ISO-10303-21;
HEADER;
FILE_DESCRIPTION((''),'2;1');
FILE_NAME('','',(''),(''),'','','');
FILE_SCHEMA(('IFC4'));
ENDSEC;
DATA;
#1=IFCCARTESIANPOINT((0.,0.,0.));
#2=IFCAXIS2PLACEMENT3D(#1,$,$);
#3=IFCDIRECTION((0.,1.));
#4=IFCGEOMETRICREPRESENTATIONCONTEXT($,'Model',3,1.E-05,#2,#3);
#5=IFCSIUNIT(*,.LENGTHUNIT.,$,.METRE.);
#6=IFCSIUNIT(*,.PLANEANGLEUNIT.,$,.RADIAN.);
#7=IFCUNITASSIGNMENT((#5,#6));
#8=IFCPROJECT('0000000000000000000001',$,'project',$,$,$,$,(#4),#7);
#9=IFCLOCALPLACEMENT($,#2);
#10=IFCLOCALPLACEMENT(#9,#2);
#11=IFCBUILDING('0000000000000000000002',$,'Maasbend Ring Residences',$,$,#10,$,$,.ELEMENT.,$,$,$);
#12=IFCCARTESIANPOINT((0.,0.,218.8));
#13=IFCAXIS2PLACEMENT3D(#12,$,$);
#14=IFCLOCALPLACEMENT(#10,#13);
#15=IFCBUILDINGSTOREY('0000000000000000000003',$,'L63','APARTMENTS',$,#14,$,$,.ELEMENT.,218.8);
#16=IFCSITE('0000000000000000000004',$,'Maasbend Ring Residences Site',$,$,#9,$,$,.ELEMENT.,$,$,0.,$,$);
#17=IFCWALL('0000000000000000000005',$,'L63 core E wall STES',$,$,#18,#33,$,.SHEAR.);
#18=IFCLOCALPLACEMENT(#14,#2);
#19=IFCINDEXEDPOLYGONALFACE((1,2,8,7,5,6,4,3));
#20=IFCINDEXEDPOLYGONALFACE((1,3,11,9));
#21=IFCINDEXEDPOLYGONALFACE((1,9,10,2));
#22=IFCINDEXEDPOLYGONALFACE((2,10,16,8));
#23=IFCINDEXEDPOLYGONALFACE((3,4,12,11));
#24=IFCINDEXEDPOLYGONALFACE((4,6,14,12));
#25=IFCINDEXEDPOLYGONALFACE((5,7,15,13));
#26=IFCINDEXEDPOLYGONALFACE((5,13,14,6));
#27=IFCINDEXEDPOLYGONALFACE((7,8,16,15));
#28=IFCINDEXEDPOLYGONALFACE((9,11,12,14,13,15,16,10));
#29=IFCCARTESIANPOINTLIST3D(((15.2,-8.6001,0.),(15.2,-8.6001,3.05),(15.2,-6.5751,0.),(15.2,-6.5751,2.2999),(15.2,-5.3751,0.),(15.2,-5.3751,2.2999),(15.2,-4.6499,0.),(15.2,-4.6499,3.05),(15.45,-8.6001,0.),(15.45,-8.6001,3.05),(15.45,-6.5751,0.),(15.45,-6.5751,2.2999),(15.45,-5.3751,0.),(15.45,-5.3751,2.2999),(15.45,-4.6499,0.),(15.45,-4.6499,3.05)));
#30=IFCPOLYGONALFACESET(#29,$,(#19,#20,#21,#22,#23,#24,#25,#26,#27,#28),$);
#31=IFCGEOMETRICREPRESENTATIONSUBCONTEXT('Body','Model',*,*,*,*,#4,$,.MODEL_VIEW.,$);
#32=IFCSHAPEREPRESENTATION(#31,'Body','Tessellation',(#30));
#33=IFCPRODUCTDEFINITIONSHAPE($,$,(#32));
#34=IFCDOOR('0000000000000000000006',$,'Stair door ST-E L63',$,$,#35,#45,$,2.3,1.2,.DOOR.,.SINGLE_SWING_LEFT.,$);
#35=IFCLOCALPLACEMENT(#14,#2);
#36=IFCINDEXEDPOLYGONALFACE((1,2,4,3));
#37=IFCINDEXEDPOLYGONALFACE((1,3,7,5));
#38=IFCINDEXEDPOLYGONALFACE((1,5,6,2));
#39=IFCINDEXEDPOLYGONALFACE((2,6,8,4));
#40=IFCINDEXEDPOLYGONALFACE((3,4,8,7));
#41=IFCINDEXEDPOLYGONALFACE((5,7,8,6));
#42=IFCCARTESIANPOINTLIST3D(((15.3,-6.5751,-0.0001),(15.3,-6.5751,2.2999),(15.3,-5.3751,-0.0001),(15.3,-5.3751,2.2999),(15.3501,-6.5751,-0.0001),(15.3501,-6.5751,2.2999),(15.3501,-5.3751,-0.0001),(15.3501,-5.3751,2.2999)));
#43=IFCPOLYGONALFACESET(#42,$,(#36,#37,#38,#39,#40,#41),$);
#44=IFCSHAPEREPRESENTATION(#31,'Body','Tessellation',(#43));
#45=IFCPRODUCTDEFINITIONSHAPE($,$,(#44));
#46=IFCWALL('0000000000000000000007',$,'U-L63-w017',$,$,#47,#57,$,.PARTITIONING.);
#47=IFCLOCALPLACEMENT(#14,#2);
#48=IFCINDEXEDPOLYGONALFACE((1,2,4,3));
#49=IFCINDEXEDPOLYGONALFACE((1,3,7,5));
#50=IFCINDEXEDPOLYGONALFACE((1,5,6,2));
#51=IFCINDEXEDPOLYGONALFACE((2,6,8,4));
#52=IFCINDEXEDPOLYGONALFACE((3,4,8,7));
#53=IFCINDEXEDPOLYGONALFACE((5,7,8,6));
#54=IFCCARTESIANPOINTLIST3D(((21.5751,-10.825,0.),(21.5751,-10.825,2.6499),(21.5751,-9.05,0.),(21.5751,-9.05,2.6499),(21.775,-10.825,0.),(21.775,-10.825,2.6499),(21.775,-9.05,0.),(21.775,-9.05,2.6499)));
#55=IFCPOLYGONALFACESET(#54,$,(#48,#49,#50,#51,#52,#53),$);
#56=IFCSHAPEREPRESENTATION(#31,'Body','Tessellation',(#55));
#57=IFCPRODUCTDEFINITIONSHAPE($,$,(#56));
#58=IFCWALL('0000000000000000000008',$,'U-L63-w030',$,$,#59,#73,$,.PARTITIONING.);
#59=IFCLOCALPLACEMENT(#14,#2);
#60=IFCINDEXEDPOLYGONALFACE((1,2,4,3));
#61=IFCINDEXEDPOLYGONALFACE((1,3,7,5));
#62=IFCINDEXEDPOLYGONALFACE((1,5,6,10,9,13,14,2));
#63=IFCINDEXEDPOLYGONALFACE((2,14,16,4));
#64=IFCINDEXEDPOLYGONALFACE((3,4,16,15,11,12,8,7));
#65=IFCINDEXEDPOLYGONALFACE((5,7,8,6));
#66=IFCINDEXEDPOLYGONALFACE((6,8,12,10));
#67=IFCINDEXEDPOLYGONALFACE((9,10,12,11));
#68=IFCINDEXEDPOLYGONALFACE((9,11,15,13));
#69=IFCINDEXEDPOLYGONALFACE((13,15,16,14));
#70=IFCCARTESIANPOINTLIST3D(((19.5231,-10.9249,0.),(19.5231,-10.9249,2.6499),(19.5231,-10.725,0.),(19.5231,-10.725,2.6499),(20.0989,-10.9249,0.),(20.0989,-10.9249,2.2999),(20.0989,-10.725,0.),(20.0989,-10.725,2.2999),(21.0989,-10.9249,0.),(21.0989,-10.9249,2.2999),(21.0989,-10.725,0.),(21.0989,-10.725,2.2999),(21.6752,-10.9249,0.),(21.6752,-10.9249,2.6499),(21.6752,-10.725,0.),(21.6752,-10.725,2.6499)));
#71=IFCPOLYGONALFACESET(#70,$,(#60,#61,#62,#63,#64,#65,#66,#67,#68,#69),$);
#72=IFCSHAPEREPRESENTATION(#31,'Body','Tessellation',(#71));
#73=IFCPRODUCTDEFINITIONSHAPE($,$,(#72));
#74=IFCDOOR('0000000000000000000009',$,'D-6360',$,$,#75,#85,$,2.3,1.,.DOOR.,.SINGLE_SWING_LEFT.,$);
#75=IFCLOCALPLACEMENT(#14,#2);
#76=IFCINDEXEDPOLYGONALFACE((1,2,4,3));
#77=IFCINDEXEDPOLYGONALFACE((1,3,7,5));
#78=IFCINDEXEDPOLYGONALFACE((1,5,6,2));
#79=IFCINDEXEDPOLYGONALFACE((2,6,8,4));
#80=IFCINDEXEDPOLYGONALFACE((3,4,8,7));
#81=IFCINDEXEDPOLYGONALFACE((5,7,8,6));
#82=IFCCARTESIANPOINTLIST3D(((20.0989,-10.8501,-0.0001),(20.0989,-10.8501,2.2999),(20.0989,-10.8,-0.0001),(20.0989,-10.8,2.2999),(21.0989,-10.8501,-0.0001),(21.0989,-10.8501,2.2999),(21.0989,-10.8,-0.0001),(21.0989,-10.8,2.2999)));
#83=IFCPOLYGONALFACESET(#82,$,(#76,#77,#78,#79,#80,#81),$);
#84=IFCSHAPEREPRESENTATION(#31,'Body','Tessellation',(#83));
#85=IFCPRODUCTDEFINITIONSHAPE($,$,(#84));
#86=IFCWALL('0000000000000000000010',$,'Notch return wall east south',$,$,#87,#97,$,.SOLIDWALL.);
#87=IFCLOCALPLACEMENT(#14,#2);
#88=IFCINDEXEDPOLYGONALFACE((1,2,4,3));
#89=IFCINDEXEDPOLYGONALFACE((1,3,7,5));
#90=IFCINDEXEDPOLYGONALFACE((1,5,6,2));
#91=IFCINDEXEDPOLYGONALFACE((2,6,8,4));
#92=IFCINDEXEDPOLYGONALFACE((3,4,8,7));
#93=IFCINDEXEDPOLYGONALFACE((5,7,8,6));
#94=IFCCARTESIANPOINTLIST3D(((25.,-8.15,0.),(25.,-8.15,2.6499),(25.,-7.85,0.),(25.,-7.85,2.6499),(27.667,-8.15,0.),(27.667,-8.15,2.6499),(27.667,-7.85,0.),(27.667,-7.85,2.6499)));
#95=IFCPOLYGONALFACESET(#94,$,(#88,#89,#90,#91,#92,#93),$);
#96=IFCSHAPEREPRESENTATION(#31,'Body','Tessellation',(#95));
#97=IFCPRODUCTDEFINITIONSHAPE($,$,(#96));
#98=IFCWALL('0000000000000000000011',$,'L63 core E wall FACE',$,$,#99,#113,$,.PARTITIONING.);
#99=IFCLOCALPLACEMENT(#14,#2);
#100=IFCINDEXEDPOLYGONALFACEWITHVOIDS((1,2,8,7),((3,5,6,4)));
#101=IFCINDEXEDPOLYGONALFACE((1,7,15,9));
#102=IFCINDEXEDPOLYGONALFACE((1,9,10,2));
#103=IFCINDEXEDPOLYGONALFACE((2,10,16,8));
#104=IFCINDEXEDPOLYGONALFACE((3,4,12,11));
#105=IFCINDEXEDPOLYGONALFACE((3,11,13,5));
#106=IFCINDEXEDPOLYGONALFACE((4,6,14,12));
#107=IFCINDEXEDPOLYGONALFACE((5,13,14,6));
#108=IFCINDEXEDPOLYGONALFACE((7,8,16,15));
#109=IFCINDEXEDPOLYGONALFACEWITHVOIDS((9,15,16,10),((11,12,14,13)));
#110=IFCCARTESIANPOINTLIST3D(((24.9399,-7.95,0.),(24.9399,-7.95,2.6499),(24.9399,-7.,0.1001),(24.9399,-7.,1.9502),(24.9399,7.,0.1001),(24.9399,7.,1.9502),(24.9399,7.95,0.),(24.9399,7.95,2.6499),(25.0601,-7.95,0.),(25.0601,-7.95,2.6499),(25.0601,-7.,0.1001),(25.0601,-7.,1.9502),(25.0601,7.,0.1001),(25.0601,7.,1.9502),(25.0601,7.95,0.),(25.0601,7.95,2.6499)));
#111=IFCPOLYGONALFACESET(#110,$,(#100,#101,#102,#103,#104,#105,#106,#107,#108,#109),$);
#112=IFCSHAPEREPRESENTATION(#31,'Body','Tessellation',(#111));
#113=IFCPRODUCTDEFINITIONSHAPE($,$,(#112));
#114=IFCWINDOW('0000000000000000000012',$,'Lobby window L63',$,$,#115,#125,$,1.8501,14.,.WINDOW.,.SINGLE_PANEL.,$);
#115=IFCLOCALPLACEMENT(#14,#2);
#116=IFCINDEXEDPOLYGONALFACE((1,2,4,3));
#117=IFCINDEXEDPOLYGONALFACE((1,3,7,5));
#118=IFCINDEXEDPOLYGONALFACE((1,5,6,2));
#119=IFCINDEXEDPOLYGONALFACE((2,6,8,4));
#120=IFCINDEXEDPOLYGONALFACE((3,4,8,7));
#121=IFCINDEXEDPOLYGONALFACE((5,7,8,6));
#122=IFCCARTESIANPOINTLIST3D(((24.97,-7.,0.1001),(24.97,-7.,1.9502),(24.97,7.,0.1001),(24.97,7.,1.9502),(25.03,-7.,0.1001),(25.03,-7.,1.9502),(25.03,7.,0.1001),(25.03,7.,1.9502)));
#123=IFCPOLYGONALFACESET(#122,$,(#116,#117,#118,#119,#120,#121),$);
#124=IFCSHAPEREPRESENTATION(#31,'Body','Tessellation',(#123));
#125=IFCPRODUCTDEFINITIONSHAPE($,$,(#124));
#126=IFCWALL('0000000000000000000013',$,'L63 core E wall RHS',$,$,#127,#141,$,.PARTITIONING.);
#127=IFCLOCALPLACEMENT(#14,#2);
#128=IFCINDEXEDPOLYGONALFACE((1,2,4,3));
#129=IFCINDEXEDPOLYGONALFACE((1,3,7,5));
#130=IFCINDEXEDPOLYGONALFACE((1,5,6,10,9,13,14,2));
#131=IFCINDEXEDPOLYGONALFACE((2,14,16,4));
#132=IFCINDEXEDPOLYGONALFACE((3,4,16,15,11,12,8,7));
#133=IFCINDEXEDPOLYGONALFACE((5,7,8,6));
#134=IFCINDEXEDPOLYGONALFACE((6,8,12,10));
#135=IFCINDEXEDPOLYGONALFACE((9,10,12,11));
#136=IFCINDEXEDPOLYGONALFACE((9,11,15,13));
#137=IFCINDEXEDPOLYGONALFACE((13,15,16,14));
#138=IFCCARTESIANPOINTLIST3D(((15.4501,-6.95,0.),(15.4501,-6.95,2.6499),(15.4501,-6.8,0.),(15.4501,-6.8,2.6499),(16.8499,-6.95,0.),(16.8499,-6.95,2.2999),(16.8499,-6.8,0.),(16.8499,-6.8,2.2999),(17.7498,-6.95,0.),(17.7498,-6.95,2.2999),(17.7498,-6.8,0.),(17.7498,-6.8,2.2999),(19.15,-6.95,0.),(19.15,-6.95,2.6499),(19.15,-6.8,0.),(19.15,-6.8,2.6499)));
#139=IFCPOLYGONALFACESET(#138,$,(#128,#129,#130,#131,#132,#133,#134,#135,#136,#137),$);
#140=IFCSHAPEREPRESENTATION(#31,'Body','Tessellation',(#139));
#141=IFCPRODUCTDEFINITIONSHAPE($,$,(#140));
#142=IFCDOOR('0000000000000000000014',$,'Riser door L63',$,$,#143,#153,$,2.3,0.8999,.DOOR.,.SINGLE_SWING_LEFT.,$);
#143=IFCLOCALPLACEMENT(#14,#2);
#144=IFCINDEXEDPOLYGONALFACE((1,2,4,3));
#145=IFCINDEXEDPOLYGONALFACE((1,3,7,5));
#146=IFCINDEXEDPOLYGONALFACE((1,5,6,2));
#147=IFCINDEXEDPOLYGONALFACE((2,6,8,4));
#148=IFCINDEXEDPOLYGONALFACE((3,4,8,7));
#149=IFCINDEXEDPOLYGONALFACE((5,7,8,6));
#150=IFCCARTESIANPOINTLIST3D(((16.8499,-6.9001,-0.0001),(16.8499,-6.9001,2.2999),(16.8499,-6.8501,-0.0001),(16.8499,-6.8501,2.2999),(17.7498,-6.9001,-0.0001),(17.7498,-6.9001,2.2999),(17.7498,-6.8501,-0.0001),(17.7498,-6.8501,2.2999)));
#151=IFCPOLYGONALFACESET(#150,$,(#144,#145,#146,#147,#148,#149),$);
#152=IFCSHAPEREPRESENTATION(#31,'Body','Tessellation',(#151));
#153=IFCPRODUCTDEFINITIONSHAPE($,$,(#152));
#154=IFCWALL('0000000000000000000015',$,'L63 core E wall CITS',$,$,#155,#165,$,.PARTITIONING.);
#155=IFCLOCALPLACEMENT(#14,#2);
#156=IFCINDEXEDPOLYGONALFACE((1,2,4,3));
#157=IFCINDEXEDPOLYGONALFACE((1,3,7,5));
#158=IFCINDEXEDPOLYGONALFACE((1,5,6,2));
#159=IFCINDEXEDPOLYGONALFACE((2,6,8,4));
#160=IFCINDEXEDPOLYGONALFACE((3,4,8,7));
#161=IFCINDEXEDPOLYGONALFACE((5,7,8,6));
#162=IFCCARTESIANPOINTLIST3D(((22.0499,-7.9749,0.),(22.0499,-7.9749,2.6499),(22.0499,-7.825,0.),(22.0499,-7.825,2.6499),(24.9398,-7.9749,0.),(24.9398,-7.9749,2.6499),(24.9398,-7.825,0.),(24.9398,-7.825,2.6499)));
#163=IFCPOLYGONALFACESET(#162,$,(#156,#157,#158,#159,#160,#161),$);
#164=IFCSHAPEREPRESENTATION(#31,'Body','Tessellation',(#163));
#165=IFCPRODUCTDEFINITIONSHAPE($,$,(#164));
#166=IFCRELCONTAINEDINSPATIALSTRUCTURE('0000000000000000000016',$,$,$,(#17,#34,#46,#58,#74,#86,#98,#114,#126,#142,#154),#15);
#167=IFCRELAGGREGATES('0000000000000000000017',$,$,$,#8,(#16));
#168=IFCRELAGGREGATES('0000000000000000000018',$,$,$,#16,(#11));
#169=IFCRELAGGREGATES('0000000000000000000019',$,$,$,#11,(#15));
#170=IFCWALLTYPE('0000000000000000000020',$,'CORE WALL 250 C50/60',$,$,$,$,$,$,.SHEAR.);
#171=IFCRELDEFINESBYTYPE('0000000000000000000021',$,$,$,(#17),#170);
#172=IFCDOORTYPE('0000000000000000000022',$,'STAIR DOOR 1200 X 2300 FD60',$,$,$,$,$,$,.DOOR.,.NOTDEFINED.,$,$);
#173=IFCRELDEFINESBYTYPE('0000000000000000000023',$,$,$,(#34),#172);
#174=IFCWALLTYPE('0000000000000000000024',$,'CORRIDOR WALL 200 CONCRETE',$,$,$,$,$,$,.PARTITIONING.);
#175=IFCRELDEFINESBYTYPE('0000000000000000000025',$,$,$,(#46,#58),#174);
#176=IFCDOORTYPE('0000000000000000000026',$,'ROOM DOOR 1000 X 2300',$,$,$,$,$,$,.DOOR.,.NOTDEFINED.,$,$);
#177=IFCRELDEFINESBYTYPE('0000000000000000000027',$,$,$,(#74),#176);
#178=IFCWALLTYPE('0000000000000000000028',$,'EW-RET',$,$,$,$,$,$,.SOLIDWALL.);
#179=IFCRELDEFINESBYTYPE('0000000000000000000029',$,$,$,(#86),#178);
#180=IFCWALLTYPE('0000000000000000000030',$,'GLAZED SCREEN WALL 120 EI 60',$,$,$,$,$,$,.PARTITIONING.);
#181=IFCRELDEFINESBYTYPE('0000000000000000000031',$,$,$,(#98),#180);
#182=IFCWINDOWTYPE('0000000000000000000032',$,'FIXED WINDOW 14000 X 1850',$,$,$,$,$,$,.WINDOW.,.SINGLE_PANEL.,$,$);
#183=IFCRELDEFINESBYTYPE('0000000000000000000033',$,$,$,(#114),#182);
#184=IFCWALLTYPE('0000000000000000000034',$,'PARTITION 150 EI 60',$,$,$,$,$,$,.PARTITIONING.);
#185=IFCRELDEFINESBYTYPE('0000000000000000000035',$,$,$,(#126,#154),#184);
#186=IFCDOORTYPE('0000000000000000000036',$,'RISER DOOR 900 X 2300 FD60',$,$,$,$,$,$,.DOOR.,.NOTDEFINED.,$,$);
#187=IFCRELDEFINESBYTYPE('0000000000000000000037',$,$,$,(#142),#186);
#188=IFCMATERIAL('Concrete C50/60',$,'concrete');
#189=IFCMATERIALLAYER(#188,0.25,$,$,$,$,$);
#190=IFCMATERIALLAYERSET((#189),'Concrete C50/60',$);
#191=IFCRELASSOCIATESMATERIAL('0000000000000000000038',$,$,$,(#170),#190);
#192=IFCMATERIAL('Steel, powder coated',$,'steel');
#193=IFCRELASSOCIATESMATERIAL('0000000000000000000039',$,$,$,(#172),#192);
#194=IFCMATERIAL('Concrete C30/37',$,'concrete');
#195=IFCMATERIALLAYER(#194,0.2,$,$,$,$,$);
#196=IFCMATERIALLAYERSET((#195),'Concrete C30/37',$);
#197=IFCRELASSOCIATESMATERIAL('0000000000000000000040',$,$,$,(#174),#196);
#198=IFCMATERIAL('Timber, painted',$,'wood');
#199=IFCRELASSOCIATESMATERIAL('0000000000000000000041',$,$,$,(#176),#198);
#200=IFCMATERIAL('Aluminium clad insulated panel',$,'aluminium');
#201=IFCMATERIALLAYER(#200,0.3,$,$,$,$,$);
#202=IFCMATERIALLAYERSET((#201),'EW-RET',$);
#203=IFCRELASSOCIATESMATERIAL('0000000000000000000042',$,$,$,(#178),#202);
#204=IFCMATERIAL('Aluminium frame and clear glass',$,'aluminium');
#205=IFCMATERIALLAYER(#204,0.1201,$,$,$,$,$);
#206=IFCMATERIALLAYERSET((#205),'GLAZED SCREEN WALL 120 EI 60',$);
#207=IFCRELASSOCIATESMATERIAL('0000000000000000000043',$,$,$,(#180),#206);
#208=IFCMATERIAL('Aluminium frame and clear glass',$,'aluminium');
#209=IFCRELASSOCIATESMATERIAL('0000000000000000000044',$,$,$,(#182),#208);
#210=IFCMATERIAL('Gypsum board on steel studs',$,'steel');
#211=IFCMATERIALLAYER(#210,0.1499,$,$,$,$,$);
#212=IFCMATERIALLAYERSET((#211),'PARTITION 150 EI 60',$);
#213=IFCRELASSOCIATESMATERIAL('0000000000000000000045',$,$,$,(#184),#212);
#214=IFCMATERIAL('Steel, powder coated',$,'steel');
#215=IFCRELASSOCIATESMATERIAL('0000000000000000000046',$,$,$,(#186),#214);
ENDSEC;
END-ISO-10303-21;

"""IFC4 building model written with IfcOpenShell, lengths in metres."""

from ifc_helpers import new_model, si_unit, direction, frame, frame_2d, origin, place, context, subcontext, project, spatial, rectangle, extrude, material, layer, layer_set, type_object, element, fill, save


model = new_model("IFC4")

# Units and contexts
model_context = context("Model", 3, precision=1e-05, world=origin(), true_north=direction((0.0, 1.0)))
body_context = subcontext(model_context, "Body", "Model", "MODEL_VIEW")
ifc_project = project(units=[si_unit("LENGTHUNIT", "METRE"), si_unit("PLANEANGLEUNIT", "RADIAN")], contexts=[model_context])

# Site, building, storey
site_placement = place(None, origin())
site = spatial("IfcSite", under=ifc_project, at=site_placement, Name="Maasbend Ring Residences Site", CompositionType="ELEMENT", RefElevation=0.0)
building_placement = place(site_placement, origin())
building = spatial("IfcBuilding", under=site, at=building_placement, Name="Maasbend Ring Residences", CompositionType="ELEMENT")
storey_placement = place(building_placement, frame((0.0, 0.0, 218.8)))
storey = spatial("IfcBuildingStorey", under=building, at=storey_placement, Name="L63", Description="APARTMENTS", CompositionType="ELEMENT", Elevation=218.8)

# Shared definitions
ifc_material_1 = material(Name="Concrete C50/60", Category="concrete")
ifc_layer_1 = layer(ifc_material_1, 0.25)
ifc_layer_set_1 = layer_set([ifc_layer_1], Name="Concrete C50/60")
wall_type_1 = type_object("IfcWallType", Name="CORE WALL 250 C50/60", PredefinedType="SHEAR", material=ifc_layer_set_1)

# Wall, opening, door
wall_1_placement = place(storey_placement, frame((15.325, -8.6001, 0.0), z_axis=(0.0, 0.0, 1.0), x_axis=(0.0, 1.0, 0.0)))
wall_1 = element("IfcWall", 1, at=wall_1_placement, inside=storey, type_object=wall_type_1, Name="L63 core E wall STES", PredefinedType="SHEAR", context=body_context, shape_type="SweptSolid", body=[
    extrude(rectangle(XDim=3.9502, YDim=0.25, at=frame_2d((1.9751, 0.0))), origin(), (0.0, 0.0, 1.0), 3.05),
])
opening_1_placement = place(wall_1_placement, frame((2.0249, 0.0, 0.0)))
opening_1 = element("IfcOpeningElement", 2, at=opening_1_placement, cuts=wall_1, PredefinedType="OPENING", context=body_context, shape_type="SweptSolid", body=[
    extrude(rectangle(XDim=1.2, YDim=2.3, at=frame_2d((0.6001, 1.1499))), frame((0.0, 0.135, 0.0), z_axis=(0.0, -1.0, 0.0), x_axis=(1.0, 0.0, 0.0)), (0.0, 0.0, 1.0), 0.27),
])
ifc_material_2 = material(Name="Steel, powder coated", Category="steel")
door_type_1 = type_object("IfcDoorType", Name="STAIR DOOR 1200 X 2300 FD60", OperationType="NOTDEFINED", PredefinedType="DOOR", material=ifc_material_2)
door_1_placement = place(opening_1_placement, origin())
door_1 = element("IfcDoor", 3, at=door_1_placement, inside=storey, type_object=door_type_1, Name="Stair door ST-E L63", OperationType="SINGLE_SWING_LEFT", OverallHeight=2.3, OverallWidth=1.2, PredefinedType="DOOR", context=body_context, shape_type="SweptSolid", body=[
    extrude(rectangle(XDim=1.2, YDim=2.3, at=frame_2d((0.6001, 1.1499))), frame((0.0, 0.0249, 0.0), z_axis=(0.0, -1.0, 0.0), x_axis=(1.0, 0.0, 0.0)), (0.0, 0.0, 1.0), 0.05),
])
fill(opening_1, door_1)

# Wall
ifc_material_3 = material(Name="Concrete C30/37", Category="concrete")
ifc_layer_2 = layer(ifc_material_3, 0.2)
ifc_layer_set_2 = layer_set([ifc_layer_2], Name="Concrete C30/37")
wall_type_2 = type_object("IfcWallType", Name="CORRIDOR WALL 200 CONCRETE", PredefinedType="PARTITIONING", material=ifc_layer_set_2)
wall_2_placement = place(storey_placement, frame((21.675, -10.825, 0.0), z_axis=(0.0, 0.0, 1.0), x_axis=(0.0, 1.0, 0.0)))
element("IfcWall", 4, at=wall_2_placement, inside=storey, type_object=wall_type_2, Name="U-L63-w017", PredefinedType="PARTITIONING", context=body_context, shape_type="SweptSolid", body=[
    extrude(rectangle(XDim=1.7749, YDim=0.2, at=frame_2d((0.8875, 0.0))), origin(), (0.0, 0.0, 1.0), 2.6499),
])

# Wall, opening, door
wall_3_placement = place(storey_placement, frame((19.5229, -10.825, 0.0), z_axis=(0.0, 0.0, 1.0), x_axis=(1.0, 0.0, 0.0)))
wall_3 = element("IfcWall", 5, at=wall_3_placement, inside=storey, type_object=wall_type_2, Name="U-L63-w030", PredefinedType="PARTITIONING", context=body_context, shape_type="SweptSolid", body=[
    extrude(rectangle(XDim=2.1521, YDim=0.2, at=frame_2d((1.0762, 0.0))), origin(), (0.0, 0.0, 1.0), 2.6499),
])
opening_2_placement = place(wall_3_placement, frame((0.5759, 0.0, 0.0)))
opening_2 = element("IfcOpeningElement", 6, at=opening_2_placement, cuts=wall_3, PredefinedType="OPENING", context=body_context, shape_type="SweptSolid", body=[
    extrude(rectangle(XDim=1.0, YDim=2.3, at=frame_2d((0.5, 1.1499))), frame((0.0, 0.1099, 0.0), z_axis=(0.0, -1.0, 0.0), x_axis=(1.0, 0.0, 0.0)), (0.0, 0.0, 1.0), 0.22),
])
ifc_material_4 = material(Name="Timber, painted", Category="wood")
door_type_2 = type_object("IfcDoorType", Name="ROOM DOOR 1000 X 2300", OperationType="NOTDEFINED", PredefinedType="DOOR", material=ifc_material_4)
door_2_placement = place(opening_2_placement, origin())
door_2 = element("IfcDoor", 7, at=door_2_placement, inside=storey, type_object=door_type_2, Name="D-6360", OperationType="SINGLE_SWING_LEFT", OverallHeight=2.3, OverallWidth=1.0, PredefinedType="DOOR", context=body_context, shape_type="SweptSolid", body=[
    extrude(rectangle(XDim=1.0, YDim=2.3, at=frame_2d((0.5, 1.1499))), frame((0.0, 0.0249, 0.0), z_axis=(0.0, -1.0, 0.0), x_axis=(1.0, 0.0, 0.0)), (0.0, 0.0, 1.0), 0.05),
])
fill(opening_2, door_2)

# Wall
ifc_material_5 = material(Name="Aluminium clad insulated panel", Category="aluminium")
ifc_layer_3 = layer(ifc_material_5, 0.3)
ifc_layer_set_3 = layer_set([ifc_layer_3], Name="EW-RET")
wall_type_3 = type_object("IfcWallType", Name="EW-RET", PredefinedType="SOLIDWALL", material=ifc_layer_set_3)
wall_4_placement = place(storey_placement, frame((25.0, -8.0, 0.0), z_axis=(0.0, 0.0, 1.0), x_axis=(1.0, 0.0, 0.0)))
element("IfcWall", 8, at=wall_4_placement, inside=storey, type_object=wall_type_3, Name="Notch return wall east south", PredefinedType="SOLIDWALL", context=body_context, shape_type="SweptSolid", body=[
    extrude(rectangle(XDim=2.667, YDim=0.3, at=frame_2d((1.3335, 0.0))), origin(), (0.0, 0.0, 1.0), 2.6499),
])

# Wall, opening, window
ifc_material_6 = material(Name="Aluminium frame and clear glass", Category="aluminium")
ifc_layer_4 = layer(ifc_material_6, 0.1201)
ifc_layer_set_4 = layer_set([ifc_layer_4], Name="GLAZED SCREEN WALL 120 EI 60")
wall_type_4 = type_object("IfcWallType", Name="GLAZED SCREEN WALL 120 EI 60", PredefinedType="PARTITIONING", material=ifc_layer_set_4)
wall_5_placement = place(storey_placement, frame((25.0, -7.95, 0.0), z_axis=(0.0, 0.0, 1.0), x_axis=(0.0, 1.0, 0.0)))
wall_5 = element("IfcWall", 9, at=wall_5_placement, inside=storey, type_object=wall_type_4, Name="L63 core E wall FACE", PredefinedType="PARTITIONING", context=body_context, shape_type="SweptSolid", body=[
    extrude(rectangle(XDim=15.8999, YDim=0.1201, at=frame_2d((7.95, 0.0))), origin(), (0.0, 0.0, 1.0), 2.6499),
])
opening_3_placement = place(wall_5_placement, frame((0.95, 0.0, 0.1001)))
opening_3 = element("IfcOpeningElement", 10, at=opening_3_placement, cuts=wall_5, PredefinedType="OPENING", context=body_context, shape_type="SweptSolid", body=[
    extrude(rectangle(XDim=14.0, YDim=1.8501, at=frame_2d((7.0, 0.925))), frame((0.0, 0.0701, 0.0), z_axis=(0.0, -1.0, 0.0), x_axis=(1.0, 0.0, 0.0)), (0.0, 0.0, 1.0), 0.1401),
])
ifc_material_7 = material(Name="Aluminium frame and clear glass", Category="aluminium")
window_type = type_object("IfcWindowType", Name="FIXED WINDOW 14000 X 1850", PartitioningType="SINGLE_PANEL", PredefinedType="WINDOW", material=ifc_material_7)
window_placement = place(opening_3_placement, origin())
window = element("IfcWindow", 11, at=window_placement, inside=storey, type_object=window_type, Name="Lobby window L63", OverallHeight=1.8501, OverallWidth=14.0, PartitioningType="SINGLE_PANEL", PredefinedType="WINDOW", context=body_context, shape_type="SweptSolid", body=[
    extrude(rectangle(XDim=14.0, YDim=1.8501, at=frame_2d((7.0, 0.925))), frame((0.0, 0.03, 0.0), z_axis=(0.0, -1.0, 0.0), x_axis=(1.0, 0.0, 0.0)), (0.0, 0.0, 1.0), 0.0601),
])
fill(opening_3, window)

# Wall, opening, door
ifc_material_8 = material(Name="Gypsum board on steel studs", Category="steel")
ifc_layer_5 = layer(ifc_material_8, 0.1499)
ifc_layer_set_5 = layer_set([ifc_layer_5], Name="PARTITION 150 EI 60")
wall_type_5 = type_object("IfcWallType", Name="PARTITION 150 EI 60", PredefinedType="PARTITIONING", material=ifc_layer_set_5)
wall_6_placement = place(storey_placement, frame((15.45, -6.875, 0.0), z_axis=(0.0, 0.0, 1.0), x_axis=(1.0, 0.0, 0.0)))
wall_6 = element("IfcWall", 12, at=wall_6_placement, inside=storey, type_object=wall_type_5, Name="L63 core E wall RHS", PredefinedType="PARTITIONING", context=body_context, shape_type="SweptSolid", body=[
    extrude(rectangle(XDim=3.7, YDim=0.1499, at=frame_2d((1.8501, 0.0))), origin(), (0.0, 0.0, 1.0), 2.6499),
])
opening_4_placement = place(wall_6_placement, frame((1.3999, 0.0, 0.0)))
opening_4 = element("IfcOpeningElement", 13, at=opening_4_placement, cuts=wall_6, PredefinedType="OPENING", context=body_context, shape_type="SweptSolid", body=[
    extrude(rectangle(XDim=0.8999, YDim=2.3, at=frame_2d((0.45, 1.1499))), frame((0.0, 0.085, 0.0), z_axis=(0.0, -1.0, 0.0), x_axis=(1.0, 0.0, 0.0)), (0.0, 0.0, 1.0), 0.1699),
])
ifc_material_9 = material(Name="Steel, powder coated", Category="steel")
door_type_3 = type_object("IfcDoorType", Name="RISER DOOR 900 X 2300 FD60", OperationType="NOTDEFINED", PredefinedType="DOOR", material=ifc_material_9)
door_3_placement = place(opening_4_placement, origin())
door_3 = element("IfcDoor", 14, at=door_3_placement, inside=storey, type_object=door_type_3, Name="Riser door L63", OperationType="SINGLE_SWING_LEFT", OverallHeight=2.3, OverallWidth=0.8999, PredefinedType="DOOR", context=body_context, shape_type="SweptSolid", body=[
    extrude(rectangle(XDim=0.8999, YDim=2.3, at=frame_2d((0.45, 1.1499))), frame((0.0, 0.0249, 0.0), z_axis=(0.0, -1.0, 0.0), x_axis=(1.0, 0.0, 0.0)), (0.0, 0.0, 1.0), 0.05),
])
fill(opening_4, door_3)

# Wall
wall_7_placement = place(storey_placement, frame((22.05, -7.8999, 0.0), z_axis=(0.0, 0.0, 1.0), x_axis=(1.0, 0.0, 0.0)))
element("IfcWall", 15, at=wall_7_placement, inside=storey, type_object=wall_type_5, Name="L63 core E wall CITS", PredefinedType="PARTITIONING", context=body_context, shape_type="SweptSolid", body=[
    extrude(rectangle(XDim=2.8899, YDim=0.1499, at=frame_2d((1.4448, 0.0))), origin(), (0.0, 0.0, 1.0), 2.6499),
])

save(model, "model.ifc")
